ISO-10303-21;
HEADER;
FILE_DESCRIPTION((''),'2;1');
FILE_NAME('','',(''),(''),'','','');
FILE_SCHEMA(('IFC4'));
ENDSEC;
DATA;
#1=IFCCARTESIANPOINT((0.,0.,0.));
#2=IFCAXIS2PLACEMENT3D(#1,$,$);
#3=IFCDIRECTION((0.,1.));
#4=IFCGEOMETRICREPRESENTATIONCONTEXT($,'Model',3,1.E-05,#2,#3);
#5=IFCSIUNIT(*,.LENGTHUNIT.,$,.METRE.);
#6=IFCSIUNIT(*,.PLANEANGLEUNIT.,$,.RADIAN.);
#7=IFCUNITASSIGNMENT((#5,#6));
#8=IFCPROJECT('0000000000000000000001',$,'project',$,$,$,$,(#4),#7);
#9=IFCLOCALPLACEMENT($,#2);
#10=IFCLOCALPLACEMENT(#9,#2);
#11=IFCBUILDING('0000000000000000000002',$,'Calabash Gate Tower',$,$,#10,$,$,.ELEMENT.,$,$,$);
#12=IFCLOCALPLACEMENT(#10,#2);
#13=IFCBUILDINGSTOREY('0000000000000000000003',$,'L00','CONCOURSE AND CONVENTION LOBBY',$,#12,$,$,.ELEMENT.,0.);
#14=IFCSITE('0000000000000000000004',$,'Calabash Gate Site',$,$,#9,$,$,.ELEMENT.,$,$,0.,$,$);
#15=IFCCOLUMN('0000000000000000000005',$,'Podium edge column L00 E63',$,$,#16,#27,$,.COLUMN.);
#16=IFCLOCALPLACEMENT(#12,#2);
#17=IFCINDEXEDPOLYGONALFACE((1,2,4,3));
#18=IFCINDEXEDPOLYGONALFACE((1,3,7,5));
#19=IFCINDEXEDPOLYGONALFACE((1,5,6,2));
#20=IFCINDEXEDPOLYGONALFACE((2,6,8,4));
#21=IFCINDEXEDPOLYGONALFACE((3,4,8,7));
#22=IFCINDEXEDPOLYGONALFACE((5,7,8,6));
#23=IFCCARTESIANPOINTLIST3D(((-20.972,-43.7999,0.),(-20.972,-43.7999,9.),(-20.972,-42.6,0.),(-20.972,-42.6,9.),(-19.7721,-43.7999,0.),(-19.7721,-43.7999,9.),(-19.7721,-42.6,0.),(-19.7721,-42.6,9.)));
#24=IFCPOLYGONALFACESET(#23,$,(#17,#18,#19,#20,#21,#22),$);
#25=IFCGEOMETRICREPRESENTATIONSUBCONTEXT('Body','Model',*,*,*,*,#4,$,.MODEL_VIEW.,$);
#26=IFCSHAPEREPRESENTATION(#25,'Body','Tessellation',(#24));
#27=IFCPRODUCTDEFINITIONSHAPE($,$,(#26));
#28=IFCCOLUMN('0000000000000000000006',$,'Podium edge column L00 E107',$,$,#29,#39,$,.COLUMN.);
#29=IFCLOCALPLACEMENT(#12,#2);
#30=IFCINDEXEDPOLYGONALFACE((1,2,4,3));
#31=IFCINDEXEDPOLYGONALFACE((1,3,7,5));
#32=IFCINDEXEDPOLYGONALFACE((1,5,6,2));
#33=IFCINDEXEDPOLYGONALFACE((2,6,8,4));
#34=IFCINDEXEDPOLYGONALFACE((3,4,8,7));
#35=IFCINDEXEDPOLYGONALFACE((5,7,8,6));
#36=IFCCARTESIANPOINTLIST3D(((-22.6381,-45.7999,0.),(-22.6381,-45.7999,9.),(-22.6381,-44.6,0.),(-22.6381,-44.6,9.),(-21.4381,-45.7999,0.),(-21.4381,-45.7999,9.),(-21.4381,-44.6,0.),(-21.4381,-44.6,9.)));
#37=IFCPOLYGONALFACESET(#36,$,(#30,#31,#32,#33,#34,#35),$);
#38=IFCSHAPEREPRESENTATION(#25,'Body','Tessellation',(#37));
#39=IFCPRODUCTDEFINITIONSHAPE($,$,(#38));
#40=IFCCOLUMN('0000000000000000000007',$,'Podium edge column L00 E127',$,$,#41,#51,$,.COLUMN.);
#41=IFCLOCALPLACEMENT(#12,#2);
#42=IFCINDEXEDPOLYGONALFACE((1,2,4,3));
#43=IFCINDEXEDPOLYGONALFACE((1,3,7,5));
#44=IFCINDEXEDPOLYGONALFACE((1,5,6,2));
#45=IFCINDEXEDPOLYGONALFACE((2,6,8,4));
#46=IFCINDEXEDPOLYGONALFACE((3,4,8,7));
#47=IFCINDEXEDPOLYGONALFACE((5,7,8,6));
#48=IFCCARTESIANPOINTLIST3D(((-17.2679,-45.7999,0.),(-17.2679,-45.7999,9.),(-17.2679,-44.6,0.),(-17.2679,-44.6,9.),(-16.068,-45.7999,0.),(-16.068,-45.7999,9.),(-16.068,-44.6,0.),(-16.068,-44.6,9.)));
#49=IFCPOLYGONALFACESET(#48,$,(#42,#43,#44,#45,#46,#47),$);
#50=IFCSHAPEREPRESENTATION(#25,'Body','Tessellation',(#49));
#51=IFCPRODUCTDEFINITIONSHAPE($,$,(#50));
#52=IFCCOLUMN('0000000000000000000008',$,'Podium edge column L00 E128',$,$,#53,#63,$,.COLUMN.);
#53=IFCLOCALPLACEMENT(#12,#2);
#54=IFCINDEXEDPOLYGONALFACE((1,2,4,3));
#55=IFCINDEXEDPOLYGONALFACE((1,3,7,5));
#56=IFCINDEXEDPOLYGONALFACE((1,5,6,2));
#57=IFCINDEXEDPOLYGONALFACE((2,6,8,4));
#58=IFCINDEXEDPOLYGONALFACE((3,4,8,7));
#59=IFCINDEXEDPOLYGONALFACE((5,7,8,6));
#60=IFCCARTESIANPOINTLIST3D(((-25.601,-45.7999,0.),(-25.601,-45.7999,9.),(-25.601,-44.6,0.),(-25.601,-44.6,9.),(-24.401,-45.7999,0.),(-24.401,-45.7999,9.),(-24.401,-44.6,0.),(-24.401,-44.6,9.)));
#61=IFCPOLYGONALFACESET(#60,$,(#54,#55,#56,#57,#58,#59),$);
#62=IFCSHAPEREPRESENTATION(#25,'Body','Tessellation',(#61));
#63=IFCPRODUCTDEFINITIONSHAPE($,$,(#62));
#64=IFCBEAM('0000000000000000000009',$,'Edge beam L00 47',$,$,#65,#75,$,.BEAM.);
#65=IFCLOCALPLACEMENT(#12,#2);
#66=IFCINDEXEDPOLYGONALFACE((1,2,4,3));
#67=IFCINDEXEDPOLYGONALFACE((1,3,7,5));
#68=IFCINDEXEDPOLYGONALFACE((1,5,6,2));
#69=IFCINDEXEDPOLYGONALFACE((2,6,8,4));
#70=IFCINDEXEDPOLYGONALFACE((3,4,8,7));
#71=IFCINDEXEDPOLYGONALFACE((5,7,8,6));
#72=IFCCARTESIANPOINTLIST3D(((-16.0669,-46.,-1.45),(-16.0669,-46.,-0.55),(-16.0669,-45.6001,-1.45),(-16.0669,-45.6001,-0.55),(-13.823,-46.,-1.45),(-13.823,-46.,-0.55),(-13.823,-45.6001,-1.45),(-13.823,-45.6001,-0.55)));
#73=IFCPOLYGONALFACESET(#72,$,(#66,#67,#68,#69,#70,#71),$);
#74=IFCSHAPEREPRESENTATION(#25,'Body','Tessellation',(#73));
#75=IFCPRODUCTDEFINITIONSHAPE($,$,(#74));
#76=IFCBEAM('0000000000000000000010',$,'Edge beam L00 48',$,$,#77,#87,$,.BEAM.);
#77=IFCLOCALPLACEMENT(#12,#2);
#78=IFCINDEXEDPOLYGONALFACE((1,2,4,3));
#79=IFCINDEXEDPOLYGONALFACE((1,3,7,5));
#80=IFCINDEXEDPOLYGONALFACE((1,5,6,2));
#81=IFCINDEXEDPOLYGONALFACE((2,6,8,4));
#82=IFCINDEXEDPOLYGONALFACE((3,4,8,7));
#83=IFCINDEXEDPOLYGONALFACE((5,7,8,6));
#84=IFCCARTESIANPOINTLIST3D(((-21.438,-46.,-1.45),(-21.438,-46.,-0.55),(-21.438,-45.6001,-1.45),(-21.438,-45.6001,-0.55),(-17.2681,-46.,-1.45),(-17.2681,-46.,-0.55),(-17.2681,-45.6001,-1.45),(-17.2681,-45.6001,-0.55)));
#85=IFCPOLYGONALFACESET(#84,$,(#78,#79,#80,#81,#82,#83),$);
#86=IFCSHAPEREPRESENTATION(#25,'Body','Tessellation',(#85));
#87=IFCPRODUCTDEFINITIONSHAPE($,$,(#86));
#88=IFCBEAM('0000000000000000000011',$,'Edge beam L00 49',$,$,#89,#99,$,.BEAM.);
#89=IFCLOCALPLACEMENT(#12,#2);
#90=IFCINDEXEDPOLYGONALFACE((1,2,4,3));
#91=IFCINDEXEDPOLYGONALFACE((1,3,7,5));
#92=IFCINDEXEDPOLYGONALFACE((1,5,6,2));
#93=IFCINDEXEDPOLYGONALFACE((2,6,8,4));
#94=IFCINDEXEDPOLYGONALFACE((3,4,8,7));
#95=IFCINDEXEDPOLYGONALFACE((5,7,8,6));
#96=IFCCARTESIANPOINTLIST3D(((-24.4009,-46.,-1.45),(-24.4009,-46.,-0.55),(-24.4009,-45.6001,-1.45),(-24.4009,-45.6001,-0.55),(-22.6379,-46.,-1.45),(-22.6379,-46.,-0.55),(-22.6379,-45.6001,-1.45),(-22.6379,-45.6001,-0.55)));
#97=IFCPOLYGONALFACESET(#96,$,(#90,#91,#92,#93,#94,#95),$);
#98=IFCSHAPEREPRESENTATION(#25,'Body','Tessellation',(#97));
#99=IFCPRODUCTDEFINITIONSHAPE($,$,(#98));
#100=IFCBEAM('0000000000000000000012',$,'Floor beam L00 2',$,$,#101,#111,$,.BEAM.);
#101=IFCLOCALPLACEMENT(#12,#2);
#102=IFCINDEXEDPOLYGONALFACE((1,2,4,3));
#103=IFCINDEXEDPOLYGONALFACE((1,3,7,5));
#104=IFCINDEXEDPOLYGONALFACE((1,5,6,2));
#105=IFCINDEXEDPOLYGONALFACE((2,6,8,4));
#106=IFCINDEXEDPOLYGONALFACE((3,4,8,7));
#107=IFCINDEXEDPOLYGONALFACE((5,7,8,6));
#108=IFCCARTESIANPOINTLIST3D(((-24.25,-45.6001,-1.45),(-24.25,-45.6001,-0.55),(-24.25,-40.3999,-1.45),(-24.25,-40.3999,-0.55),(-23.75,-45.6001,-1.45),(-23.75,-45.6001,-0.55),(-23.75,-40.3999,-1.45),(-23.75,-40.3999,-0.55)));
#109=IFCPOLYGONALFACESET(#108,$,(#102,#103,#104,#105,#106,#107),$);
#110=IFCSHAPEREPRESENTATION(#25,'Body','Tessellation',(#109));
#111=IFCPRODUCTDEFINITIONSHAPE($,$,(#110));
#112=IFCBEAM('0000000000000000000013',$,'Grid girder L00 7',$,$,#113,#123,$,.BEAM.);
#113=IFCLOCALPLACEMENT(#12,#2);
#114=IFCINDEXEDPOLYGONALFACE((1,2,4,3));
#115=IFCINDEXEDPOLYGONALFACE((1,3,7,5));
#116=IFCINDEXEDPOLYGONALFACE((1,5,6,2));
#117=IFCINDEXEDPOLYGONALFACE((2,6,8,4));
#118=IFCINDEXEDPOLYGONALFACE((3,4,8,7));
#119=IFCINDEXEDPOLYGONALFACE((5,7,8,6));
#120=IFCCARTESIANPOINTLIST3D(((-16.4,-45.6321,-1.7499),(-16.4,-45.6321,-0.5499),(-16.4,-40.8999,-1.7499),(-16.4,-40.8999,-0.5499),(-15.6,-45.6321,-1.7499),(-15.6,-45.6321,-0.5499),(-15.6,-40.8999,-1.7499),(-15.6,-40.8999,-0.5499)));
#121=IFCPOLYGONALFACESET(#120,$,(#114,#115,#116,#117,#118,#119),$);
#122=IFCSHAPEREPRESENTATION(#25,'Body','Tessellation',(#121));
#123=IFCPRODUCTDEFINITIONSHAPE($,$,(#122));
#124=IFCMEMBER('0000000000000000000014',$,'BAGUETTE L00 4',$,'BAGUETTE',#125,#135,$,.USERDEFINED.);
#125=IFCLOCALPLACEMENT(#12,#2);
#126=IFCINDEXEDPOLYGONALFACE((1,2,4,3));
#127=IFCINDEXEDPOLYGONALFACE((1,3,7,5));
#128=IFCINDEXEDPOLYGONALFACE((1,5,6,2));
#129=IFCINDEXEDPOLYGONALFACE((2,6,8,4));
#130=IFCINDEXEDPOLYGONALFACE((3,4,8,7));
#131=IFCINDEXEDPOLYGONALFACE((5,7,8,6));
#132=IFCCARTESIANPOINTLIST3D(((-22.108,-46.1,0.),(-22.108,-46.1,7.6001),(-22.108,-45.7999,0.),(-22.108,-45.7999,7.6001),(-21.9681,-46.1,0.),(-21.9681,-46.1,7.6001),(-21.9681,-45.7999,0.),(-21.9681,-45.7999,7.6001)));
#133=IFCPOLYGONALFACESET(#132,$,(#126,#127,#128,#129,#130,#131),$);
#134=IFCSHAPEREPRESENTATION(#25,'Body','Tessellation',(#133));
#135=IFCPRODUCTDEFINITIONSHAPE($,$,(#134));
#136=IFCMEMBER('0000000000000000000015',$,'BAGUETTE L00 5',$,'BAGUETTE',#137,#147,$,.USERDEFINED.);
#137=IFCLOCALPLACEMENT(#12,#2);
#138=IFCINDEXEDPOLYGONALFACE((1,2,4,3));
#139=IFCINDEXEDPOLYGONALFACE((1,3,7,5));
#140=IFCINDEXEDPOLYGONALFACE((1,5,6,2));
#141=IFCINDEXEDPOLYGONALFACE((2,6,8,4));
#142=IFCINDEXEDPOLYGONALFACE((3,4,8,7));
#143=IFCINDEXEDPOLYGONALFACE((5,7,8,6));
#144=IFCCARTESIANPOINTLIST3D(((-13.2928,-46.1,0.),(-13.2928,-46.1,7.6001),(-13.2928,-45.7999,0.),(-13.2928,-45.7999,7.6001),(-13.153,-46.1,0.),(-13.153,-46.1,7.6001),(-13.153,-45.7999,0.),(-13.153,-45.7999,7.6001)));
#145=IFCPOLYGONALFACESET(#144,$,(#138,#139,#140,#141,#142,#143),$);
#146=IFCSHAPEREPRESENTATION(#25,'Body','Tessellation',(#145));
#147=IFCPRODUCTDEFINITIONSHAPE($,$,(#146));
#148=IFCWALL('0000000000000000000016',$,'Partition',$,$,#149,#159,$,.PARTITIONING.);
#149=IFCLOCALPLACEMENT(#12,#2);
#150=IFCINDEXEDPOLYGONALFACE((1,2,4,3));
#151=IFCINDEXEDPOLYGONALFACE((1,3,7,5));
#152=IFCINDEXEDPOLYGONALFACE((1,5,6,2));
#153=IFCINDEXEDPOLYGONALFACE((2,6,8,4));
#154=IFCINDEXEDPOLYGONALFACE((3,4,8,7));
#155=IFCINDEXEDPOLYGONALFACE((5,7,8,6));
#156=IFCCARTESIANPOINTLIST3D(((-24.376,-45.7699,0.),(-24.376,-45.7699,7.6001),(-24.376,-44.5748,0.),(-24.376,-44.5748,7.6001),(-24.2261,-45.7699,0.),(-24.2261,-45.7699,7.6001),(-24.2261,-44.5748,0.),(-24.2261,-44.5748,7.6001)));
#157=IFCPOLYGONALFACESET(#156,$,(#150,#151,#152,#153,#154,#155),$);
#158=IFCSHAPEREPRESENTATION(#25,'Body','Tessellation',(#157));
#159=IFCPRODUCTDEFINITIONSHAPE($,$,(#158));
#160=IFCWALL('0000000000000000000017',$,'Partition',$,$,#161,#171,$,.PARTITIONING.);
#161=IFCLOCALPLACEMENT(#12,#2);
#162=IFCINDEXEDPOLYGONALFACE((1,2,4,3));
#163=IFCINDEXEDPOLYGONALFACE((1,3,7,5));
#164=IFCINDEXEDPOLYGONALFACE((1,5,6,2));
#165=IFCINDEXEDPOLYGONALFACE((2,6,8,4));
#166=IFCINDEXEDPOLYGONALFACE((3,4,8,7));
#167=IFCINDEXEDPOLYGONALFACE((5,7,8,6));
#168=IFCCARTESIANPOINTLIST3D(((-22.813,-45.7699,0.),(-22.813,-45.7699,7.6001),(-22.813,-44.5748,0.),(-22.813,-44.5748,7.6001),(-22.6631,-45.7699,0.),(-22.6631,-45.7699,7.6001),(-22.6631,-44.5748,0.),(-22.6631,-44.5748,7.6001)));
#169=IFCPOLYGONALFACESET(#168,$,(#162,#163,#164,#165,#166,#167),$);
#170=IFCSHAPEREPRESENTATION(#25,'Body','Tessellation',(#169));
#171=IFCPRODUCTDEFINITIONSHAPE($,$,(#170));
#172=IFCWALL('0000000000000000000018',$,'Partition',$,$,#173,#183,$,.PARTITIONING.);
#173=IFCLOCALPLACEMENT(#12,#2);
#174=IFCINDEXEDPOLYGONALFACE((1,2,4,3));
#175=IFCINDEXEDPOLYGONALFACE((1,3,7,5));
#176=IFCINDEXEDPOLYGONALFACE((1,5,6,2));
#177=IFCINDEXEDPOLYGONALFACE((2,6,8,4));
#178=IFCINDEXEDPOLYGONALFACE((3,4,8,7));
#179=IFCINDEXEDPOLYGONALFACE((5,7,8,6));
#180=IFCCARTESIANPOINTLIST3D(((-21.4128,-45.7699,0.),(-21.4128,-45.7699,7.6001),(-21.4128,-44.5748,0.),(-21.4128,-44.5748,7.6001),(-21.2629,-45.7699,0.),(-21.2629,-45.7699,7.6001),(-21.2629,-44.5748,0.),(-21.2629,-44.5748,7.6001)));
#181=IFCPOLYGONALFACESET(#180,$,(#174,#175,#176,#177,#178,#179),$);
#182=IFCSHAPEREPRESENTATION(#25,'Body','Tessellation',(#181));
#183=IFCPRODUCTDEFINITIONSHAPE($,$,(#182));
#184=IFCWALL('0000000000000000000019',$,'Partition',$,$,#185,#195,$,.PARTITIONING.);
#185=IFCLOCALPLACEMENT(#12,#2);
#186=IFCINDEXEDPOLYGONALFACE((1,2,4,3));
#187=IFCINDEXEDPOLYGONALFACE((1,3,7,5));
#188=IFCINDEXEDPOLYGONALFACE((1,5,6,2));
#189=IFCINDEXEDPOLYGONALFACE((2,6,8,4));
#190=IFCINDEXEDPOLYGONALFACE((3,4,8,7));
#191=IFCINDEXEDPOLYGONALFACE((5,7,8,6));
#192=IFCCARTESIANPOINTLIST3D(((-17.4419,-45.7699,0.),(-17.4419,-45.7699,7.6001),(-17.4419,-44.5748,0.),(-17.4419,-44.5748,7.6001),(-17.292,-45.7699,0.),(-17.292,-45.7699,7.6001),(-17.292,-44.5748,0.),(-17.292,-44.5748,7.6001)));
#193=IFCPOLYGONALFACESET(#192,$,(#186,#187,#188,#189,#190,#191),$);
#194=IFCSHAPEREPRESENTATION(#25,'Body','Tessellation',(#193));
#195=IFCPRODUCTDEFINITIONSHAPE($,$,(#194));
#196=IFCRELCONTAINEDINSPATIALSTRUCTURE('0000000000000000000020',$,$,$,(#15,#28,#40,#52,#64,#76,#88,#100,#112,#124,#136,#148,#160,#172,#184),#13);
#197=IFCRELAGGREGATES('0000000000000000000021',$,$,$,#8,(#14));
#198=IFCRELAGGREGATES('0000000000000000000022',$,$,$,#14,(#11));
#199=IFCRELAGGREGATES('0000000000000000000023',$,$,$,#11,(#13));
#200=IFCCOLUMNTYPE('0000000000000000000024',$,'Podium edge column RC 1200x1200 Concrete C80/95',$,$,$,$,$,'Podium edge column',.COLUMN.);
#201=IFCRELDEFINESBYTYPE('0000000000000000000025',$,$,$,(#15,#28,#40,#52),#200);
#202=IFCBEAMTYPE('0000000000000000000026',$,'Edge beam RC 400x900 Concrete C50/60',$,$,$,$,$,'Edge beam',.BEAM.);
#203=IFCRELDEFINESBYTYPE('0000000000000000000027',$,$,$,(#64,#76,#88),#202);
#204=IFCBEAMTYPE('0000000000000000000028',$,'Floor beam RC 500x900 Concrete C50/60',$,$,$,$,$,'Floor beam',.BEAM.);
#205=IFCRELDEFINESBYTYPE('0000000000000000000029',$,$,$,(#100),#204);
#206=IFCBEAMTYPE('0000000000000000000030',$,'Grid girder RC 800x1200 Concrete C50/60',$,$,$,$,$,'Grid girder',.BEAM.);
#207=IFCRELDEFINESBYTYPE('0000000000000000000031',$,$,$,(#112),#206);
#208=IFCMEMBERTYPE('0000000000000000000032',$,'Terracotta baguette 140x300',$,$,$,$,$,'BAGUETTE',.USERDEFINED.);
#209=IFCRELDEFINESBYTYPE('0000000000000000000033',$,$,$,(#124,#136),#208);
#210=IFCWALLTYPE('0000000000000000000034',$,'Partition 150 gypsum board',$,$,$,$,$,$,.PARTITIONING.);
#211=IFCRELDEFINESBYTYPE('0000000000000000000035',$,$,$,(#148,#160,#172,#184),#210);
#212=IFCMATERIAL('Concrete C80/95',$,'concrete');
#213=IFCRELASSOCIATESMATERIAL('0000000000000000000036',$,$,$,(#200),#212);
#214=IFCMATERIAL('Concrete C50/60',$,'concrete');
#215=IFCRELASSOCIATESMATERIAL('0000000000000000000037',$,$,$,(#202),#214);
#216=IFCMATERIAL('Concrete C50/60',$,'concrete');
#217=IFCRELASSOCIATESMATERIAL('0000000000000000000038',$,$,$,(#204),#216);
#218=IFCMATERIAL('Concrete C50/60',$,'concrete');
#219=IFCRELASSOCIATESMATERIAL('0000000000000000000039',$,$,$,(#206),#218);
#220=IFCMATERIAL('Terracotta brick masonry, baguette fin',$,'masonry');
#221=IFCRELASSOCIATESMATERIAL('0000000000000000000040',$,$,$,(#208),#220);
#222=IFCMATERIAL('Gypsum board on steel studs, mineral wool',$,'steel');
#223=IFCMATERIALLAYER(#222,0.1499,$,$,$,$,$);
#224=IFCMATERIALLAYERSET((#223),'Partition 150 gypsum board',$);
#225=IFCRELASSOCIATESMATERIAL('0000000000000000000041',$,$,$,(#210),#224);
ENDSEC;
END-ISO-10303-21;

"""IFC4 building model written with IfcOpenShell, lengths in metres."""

from ifc_helpers import new_model, si_unit, direction, frame, frame_2d, origin, origin_2d, place, context, subcontext, project, spatial, rectangle, extrude, material, layer, layer_set, material_profile, profile_set, type_object, element, save


model = new_model("IFC4")

# Units and contexts
model_context = context("Model", 3, precision=1e-05, world=origin(), true_north=direction((0.0, 1.0)))
body_context = subcontext(model_context, "Body", "Model", "MODEL_VIEW")
ifc_project = project(units=[si_unit("LENGTHUNIT", "METRE"), si_unit("PLANEANGLEUNIT", "RADIAN")], contexts=[model_context])

# Site, building, storey
site_placement = place(None, origin())
site = spatial("IfcSite", under=ifc_project, at=site_placement, Name="Calabash Gate Site", CompositionType="ELEMENT", RefElevation=0.0)
building_placement = place(site_placement, origin())
building = spatial("IfcBuilding", under=site, at=building_placement, Name="Calabash Gate Tower", CompositionType="ELEMENT")
storey_placement = place(building_placement, origin())
storey = spatial("IfcBuildingStorey", under=building, at=storey_placement, Name="L00", Description="CONCOURSE AND CONVENTION LOBBY", CompositionType="ELEMENT", Elevation=0.0)

# Columns
ifc_material_1 = material(Name="Concrete C80/95", Category="concrete")
ifc_material_profile_1 = material_profile(ifc_material_1, rectangle(XDim=1.2, YDim=1.2, at=origin_2d()))
ifc_profile_set_1 = profile_set([ifc_material_profile_1], Name="Concrete C80/95")
column_type = type_object("IfcColumnType", Name="Podium edge column RC 1200x1200 Concrete C80/95", ElementType="Podium edge column", PredefinedType="COLUMN", material=ifc_profile_set_1)
for number, where, z_axis, x_axis, name in (
    (1, (-20.3721, -43.2, 0.0), (0.0, 0.0, 1.0), (1.0, 0.0, 0.0), "Podium edge column L00 E63"),
    (2, (-22.0381, -45.2, 0.0), (0.0, 0.0, 1.0), (1.0, 0.0, 0.0), "Podium edge column L00 E107"),
    (3, (-16.668, -45.2, 0.0), (0.0, 0.0, 1.0), (1.0, 0.0, 0.0), "Podium edge column L00 E127"),
    (4, (-25.001, -45.2, 0.0), (0.0, 0.0, 1.0), (1.0, 0.0, 0.0), "Podium edge column L00 E128"),
):
    element("IfcColumn", number, at=place(storey_placement, frame(where, z_axis=z_axis, x_axis=x_axis)), inside=storey, type_object=column_type, Name=name, PredefinedType="COLUMN", context=body_context, shape_type="SweptSolid", body=[
        extrude(rectangle(XDim=1.2, YDim=1.2, at=origin_2d()), origin(), (0.0, 0.0, 1.0), 9.0),
    ])

# Beams
ifc_material_2 = material(Name="Concrete C50/60", Category="concrete")
ifc_material_profile_2 = material_profile(ifc_material_2, rectangle(XDim=0.3999, YDim=0.8999, at=origin_2d()))
ifc_profile_set_2 = profile_set([ifc_material_profile_2], Name="Concrete C50/60")
beam_type_1 = type_object("IfcBeamType", Name="Edge beam RC 400x900 Concrete C50/60", ElementType="Edge beam", PredefinedType="BEAM", material=ifc_profile_set_2)
beam_1_placement = place(storey_placement, frame((-13.823, -45.8, -1.0), z_axis=(-1.0, 0.0, 0.0), x_axis=(0.0, -1.0, 0.0)))
element("IfcBeam", 5, at=beam_1_placement, inside=storey, type_object=beam_type_1, Name="Edge beam L00 47", PredefinedType="BEAM", context=body_context, shape_type="SweptSolid", body=[
    extrude(rectangle(XDim=0.3999, YDim=0.8999, at=origin_2d()), origin(), (0.0, 0.0, 1.0), 2.2439),
])
beam_2_placement = place(storey_placement, frame((-17.2681, -45.8, -1.0), z_axis=(-1.0, 0.0, 0.0), x_axis=(0.0, -1.0, 0.0)))
element("IfcBeam", 6, at=beam_2_placement, inside=storey, type_object=beam_type_1, Name="Edge beam L00 48", PredefinedType="BEAM", context=body_context, shape_type="SweptSolid", body=[
    extrude(rectangle(XDim=0.3999, YDim=0.8999, at=origin_2d()), origin(), (0.0, 0.0, 1.0), 4.1699),
])
beam_3_placement = place(storey_placement, frame((-22.6379, -45.8, -1.0), z_axis=(-1.0, 0.0, 0.0), x_axis=(0.0, -1.0, 0.0)))
element("IfcBeam", 7, at=beam_3_placement, inside=storey, type_object=beam_type_1, Name="Edge beam L00 49", PredefinedType="BEAM", context=body_context, shape_type="SweptSolid", body=[
    extrude(rectangle(XDim=0.3999, YDim=0.8999, at=origin_2d()), origin(), (0.0, 0.0, 1.0), 1.7629),
])
ifc_material_3 = material(Name="Concrete C50/60", Category="concrete")
ifc_material_profile_3 = material_profile(ifc_material_3, rectangle(XDim=0.5, YDim=0.8999, at=origin_2d()))
ifc_profile_set_3 = profile_set([ifc_material_profile_3], Name="Concrete C50/60")
beam_type_2 = type_object("IfcBeamType", Name="Floor beam RC 500x900 Concrete C50/60", ElementType="Floor beam", PredefinedType="BEAM", material=ifc_profile_set_3)
beam_4_placement = place(storey_placement, frame((-24.0, -45.6001, -1.0), z_axis=(0.0, 1.0, 0.0), x_axis=(-1.0, 0.0, 0.0)))
element("IfcBeam", 8, at=beam_4_placement, inside=storey, type_object=beam_type_2, Name="Floor beam L00 2", PredefinedType="BEAM", context=body_context, shape_type="SweptSolid", body=[
    extrude(rectangle(XDim=0.5, YDim=0.8999, at=origin_2d()), origin(), (0.0, 0.0, 1.0), 5.2002),
])
ifc_material_4 = material(Name="Concrete C50/60", Category="concrete")
ifc_material_profile_4 = material_profile(ifc_material_4, rectangle(XDim=0.8, YDim=1.2, at=origin_2d()))
ifc_profile_set_4 = profile_set([ifc_material_profile_4], Name="Concrete C50/60")
beam_type_3 = type_object("IfcBeamType", Name="Grid girder RC 800x1200 Concrete C50/60", ElementType="Grid girder", PredefinedType="BEAM", material=ifc_profile_set_4)
beam_5_placement = place(storey_placement, frame((-16.0, -45.6321, -1.1499), z_axis=(0.0, 1.0, 0.0), x_axis=(-1.0, 0.0, 0.0)))
element("IfcBeam", 9, at=beam_5_placement, inside=storey, type_object=beam_type_3, Name="Grid girder L00 7", PredefinedType="BEAM", context=body_context, shape_type="SweptSolid", body=[
    extrude(rectangle(XDim=0.8, YDim=1.2, at=origin_2d()), origin(), (0.0, 0.0, 1.0), 4.7322),
])

# Members
ifc_material_5 = material(Name="Terracotta brick masonry, baguette fin", Category="masonry")
ifc_material_profile_5 = material_profile(ifc_material_5, rectangle(XDim=0.1399, YDim=0.3, at=origin_2d()))
ifc_profile_set_5 = profile_set([ifc_material_profile_5], Name="Terracotta brick masonry, baguette fin")
member_type = type_object("IfcMemberType", Name="Terracotta baguette 140x300", ElementType="BAGUETTE", PredefinedType="USERDEFINED", material=ifc_profile_set_5)
for number, where, z_axis, x_axis, name in (
    (10, (-22.0381, -45.95, 0.0), (0.0, 0.0, 1.0), (1.0, 0.0, 0.0), "BAGUETTE L00 4"),
    (11, (-13.2229, -45.95, 0.0), (0.0, 0.0, 1.0), (1.0, 0.0, 0.0), "BAGUETTE L00 5"),
):
    element("IfcMember", number, at=place(storey_placement, frame(where, z_axis=z_axis, x_axis=x_axis)), inside=storey, type_object=member_type, Name=name, ObjectType="BAGUETTE", PredefinedType="USERDEFINED", context=body_context, shape_type="SweptSolid", body=[
        extrude(rectangle(XDim=0.1399, YDim=0.3, at=origin_2d()), origin(), (0.0, 0.0, 1.0), 7.6001),
    ])

# Walls
ifc_material_6 = material(Name="Gypsum board on steel studs, mineral wool", Category="steel")
ifc_layer_1 = layer(ifc_material_6, 0.1499)
ifc_layer_set_1 = layer_set([ifc_layer_1], Name="Partition 150 gypsum board")
wall_type_1 = type_object("IfcWallType", Name="Partition 150 gypsum board", PredefinedType="PARTITIONING", material=ifc_layer_set_1)
for number, where, z_axis, x_axis, name in (
    (12, (-24.301, -45.77, 0.0), (0.0, 0.0, 1.0), (0.0, 1.0, 0.0), "Partition"),
    (13, (-22.738, -45.77, 0.0), (0.0, 0.0, 1.0), (0.0, 1.0, 0.0), "Partition"),
    (14, (-21.3379, -45.77, 0.0), (0.0, 0.0, 1.0), (0.0, 1.0, 0.0), "Partition"),
    (15, (-17.3669, -45.77, 0.0), (0.0, 0.0, 1.0), (0.0, 1.0, 0.0), "Partition"),
):
    element("IfcWall", number, at=place(storey_placement, frame(where, z_axis=z_axis, x_axis=x_axis)), inside=storey, type_object=wall_type_1, Name=name, PredefinedType="PARTITIONING", context=body_context, shape_type="SweptSolid", body=[
        extrude(rectangle(XDim=1.1951, YDim=0.1499, at=frame_2d((0.5977, 0.0))), origin(), (0.0, 0.0, 1.0), 7.6001),
    ])

save(model, "model.ifc")
